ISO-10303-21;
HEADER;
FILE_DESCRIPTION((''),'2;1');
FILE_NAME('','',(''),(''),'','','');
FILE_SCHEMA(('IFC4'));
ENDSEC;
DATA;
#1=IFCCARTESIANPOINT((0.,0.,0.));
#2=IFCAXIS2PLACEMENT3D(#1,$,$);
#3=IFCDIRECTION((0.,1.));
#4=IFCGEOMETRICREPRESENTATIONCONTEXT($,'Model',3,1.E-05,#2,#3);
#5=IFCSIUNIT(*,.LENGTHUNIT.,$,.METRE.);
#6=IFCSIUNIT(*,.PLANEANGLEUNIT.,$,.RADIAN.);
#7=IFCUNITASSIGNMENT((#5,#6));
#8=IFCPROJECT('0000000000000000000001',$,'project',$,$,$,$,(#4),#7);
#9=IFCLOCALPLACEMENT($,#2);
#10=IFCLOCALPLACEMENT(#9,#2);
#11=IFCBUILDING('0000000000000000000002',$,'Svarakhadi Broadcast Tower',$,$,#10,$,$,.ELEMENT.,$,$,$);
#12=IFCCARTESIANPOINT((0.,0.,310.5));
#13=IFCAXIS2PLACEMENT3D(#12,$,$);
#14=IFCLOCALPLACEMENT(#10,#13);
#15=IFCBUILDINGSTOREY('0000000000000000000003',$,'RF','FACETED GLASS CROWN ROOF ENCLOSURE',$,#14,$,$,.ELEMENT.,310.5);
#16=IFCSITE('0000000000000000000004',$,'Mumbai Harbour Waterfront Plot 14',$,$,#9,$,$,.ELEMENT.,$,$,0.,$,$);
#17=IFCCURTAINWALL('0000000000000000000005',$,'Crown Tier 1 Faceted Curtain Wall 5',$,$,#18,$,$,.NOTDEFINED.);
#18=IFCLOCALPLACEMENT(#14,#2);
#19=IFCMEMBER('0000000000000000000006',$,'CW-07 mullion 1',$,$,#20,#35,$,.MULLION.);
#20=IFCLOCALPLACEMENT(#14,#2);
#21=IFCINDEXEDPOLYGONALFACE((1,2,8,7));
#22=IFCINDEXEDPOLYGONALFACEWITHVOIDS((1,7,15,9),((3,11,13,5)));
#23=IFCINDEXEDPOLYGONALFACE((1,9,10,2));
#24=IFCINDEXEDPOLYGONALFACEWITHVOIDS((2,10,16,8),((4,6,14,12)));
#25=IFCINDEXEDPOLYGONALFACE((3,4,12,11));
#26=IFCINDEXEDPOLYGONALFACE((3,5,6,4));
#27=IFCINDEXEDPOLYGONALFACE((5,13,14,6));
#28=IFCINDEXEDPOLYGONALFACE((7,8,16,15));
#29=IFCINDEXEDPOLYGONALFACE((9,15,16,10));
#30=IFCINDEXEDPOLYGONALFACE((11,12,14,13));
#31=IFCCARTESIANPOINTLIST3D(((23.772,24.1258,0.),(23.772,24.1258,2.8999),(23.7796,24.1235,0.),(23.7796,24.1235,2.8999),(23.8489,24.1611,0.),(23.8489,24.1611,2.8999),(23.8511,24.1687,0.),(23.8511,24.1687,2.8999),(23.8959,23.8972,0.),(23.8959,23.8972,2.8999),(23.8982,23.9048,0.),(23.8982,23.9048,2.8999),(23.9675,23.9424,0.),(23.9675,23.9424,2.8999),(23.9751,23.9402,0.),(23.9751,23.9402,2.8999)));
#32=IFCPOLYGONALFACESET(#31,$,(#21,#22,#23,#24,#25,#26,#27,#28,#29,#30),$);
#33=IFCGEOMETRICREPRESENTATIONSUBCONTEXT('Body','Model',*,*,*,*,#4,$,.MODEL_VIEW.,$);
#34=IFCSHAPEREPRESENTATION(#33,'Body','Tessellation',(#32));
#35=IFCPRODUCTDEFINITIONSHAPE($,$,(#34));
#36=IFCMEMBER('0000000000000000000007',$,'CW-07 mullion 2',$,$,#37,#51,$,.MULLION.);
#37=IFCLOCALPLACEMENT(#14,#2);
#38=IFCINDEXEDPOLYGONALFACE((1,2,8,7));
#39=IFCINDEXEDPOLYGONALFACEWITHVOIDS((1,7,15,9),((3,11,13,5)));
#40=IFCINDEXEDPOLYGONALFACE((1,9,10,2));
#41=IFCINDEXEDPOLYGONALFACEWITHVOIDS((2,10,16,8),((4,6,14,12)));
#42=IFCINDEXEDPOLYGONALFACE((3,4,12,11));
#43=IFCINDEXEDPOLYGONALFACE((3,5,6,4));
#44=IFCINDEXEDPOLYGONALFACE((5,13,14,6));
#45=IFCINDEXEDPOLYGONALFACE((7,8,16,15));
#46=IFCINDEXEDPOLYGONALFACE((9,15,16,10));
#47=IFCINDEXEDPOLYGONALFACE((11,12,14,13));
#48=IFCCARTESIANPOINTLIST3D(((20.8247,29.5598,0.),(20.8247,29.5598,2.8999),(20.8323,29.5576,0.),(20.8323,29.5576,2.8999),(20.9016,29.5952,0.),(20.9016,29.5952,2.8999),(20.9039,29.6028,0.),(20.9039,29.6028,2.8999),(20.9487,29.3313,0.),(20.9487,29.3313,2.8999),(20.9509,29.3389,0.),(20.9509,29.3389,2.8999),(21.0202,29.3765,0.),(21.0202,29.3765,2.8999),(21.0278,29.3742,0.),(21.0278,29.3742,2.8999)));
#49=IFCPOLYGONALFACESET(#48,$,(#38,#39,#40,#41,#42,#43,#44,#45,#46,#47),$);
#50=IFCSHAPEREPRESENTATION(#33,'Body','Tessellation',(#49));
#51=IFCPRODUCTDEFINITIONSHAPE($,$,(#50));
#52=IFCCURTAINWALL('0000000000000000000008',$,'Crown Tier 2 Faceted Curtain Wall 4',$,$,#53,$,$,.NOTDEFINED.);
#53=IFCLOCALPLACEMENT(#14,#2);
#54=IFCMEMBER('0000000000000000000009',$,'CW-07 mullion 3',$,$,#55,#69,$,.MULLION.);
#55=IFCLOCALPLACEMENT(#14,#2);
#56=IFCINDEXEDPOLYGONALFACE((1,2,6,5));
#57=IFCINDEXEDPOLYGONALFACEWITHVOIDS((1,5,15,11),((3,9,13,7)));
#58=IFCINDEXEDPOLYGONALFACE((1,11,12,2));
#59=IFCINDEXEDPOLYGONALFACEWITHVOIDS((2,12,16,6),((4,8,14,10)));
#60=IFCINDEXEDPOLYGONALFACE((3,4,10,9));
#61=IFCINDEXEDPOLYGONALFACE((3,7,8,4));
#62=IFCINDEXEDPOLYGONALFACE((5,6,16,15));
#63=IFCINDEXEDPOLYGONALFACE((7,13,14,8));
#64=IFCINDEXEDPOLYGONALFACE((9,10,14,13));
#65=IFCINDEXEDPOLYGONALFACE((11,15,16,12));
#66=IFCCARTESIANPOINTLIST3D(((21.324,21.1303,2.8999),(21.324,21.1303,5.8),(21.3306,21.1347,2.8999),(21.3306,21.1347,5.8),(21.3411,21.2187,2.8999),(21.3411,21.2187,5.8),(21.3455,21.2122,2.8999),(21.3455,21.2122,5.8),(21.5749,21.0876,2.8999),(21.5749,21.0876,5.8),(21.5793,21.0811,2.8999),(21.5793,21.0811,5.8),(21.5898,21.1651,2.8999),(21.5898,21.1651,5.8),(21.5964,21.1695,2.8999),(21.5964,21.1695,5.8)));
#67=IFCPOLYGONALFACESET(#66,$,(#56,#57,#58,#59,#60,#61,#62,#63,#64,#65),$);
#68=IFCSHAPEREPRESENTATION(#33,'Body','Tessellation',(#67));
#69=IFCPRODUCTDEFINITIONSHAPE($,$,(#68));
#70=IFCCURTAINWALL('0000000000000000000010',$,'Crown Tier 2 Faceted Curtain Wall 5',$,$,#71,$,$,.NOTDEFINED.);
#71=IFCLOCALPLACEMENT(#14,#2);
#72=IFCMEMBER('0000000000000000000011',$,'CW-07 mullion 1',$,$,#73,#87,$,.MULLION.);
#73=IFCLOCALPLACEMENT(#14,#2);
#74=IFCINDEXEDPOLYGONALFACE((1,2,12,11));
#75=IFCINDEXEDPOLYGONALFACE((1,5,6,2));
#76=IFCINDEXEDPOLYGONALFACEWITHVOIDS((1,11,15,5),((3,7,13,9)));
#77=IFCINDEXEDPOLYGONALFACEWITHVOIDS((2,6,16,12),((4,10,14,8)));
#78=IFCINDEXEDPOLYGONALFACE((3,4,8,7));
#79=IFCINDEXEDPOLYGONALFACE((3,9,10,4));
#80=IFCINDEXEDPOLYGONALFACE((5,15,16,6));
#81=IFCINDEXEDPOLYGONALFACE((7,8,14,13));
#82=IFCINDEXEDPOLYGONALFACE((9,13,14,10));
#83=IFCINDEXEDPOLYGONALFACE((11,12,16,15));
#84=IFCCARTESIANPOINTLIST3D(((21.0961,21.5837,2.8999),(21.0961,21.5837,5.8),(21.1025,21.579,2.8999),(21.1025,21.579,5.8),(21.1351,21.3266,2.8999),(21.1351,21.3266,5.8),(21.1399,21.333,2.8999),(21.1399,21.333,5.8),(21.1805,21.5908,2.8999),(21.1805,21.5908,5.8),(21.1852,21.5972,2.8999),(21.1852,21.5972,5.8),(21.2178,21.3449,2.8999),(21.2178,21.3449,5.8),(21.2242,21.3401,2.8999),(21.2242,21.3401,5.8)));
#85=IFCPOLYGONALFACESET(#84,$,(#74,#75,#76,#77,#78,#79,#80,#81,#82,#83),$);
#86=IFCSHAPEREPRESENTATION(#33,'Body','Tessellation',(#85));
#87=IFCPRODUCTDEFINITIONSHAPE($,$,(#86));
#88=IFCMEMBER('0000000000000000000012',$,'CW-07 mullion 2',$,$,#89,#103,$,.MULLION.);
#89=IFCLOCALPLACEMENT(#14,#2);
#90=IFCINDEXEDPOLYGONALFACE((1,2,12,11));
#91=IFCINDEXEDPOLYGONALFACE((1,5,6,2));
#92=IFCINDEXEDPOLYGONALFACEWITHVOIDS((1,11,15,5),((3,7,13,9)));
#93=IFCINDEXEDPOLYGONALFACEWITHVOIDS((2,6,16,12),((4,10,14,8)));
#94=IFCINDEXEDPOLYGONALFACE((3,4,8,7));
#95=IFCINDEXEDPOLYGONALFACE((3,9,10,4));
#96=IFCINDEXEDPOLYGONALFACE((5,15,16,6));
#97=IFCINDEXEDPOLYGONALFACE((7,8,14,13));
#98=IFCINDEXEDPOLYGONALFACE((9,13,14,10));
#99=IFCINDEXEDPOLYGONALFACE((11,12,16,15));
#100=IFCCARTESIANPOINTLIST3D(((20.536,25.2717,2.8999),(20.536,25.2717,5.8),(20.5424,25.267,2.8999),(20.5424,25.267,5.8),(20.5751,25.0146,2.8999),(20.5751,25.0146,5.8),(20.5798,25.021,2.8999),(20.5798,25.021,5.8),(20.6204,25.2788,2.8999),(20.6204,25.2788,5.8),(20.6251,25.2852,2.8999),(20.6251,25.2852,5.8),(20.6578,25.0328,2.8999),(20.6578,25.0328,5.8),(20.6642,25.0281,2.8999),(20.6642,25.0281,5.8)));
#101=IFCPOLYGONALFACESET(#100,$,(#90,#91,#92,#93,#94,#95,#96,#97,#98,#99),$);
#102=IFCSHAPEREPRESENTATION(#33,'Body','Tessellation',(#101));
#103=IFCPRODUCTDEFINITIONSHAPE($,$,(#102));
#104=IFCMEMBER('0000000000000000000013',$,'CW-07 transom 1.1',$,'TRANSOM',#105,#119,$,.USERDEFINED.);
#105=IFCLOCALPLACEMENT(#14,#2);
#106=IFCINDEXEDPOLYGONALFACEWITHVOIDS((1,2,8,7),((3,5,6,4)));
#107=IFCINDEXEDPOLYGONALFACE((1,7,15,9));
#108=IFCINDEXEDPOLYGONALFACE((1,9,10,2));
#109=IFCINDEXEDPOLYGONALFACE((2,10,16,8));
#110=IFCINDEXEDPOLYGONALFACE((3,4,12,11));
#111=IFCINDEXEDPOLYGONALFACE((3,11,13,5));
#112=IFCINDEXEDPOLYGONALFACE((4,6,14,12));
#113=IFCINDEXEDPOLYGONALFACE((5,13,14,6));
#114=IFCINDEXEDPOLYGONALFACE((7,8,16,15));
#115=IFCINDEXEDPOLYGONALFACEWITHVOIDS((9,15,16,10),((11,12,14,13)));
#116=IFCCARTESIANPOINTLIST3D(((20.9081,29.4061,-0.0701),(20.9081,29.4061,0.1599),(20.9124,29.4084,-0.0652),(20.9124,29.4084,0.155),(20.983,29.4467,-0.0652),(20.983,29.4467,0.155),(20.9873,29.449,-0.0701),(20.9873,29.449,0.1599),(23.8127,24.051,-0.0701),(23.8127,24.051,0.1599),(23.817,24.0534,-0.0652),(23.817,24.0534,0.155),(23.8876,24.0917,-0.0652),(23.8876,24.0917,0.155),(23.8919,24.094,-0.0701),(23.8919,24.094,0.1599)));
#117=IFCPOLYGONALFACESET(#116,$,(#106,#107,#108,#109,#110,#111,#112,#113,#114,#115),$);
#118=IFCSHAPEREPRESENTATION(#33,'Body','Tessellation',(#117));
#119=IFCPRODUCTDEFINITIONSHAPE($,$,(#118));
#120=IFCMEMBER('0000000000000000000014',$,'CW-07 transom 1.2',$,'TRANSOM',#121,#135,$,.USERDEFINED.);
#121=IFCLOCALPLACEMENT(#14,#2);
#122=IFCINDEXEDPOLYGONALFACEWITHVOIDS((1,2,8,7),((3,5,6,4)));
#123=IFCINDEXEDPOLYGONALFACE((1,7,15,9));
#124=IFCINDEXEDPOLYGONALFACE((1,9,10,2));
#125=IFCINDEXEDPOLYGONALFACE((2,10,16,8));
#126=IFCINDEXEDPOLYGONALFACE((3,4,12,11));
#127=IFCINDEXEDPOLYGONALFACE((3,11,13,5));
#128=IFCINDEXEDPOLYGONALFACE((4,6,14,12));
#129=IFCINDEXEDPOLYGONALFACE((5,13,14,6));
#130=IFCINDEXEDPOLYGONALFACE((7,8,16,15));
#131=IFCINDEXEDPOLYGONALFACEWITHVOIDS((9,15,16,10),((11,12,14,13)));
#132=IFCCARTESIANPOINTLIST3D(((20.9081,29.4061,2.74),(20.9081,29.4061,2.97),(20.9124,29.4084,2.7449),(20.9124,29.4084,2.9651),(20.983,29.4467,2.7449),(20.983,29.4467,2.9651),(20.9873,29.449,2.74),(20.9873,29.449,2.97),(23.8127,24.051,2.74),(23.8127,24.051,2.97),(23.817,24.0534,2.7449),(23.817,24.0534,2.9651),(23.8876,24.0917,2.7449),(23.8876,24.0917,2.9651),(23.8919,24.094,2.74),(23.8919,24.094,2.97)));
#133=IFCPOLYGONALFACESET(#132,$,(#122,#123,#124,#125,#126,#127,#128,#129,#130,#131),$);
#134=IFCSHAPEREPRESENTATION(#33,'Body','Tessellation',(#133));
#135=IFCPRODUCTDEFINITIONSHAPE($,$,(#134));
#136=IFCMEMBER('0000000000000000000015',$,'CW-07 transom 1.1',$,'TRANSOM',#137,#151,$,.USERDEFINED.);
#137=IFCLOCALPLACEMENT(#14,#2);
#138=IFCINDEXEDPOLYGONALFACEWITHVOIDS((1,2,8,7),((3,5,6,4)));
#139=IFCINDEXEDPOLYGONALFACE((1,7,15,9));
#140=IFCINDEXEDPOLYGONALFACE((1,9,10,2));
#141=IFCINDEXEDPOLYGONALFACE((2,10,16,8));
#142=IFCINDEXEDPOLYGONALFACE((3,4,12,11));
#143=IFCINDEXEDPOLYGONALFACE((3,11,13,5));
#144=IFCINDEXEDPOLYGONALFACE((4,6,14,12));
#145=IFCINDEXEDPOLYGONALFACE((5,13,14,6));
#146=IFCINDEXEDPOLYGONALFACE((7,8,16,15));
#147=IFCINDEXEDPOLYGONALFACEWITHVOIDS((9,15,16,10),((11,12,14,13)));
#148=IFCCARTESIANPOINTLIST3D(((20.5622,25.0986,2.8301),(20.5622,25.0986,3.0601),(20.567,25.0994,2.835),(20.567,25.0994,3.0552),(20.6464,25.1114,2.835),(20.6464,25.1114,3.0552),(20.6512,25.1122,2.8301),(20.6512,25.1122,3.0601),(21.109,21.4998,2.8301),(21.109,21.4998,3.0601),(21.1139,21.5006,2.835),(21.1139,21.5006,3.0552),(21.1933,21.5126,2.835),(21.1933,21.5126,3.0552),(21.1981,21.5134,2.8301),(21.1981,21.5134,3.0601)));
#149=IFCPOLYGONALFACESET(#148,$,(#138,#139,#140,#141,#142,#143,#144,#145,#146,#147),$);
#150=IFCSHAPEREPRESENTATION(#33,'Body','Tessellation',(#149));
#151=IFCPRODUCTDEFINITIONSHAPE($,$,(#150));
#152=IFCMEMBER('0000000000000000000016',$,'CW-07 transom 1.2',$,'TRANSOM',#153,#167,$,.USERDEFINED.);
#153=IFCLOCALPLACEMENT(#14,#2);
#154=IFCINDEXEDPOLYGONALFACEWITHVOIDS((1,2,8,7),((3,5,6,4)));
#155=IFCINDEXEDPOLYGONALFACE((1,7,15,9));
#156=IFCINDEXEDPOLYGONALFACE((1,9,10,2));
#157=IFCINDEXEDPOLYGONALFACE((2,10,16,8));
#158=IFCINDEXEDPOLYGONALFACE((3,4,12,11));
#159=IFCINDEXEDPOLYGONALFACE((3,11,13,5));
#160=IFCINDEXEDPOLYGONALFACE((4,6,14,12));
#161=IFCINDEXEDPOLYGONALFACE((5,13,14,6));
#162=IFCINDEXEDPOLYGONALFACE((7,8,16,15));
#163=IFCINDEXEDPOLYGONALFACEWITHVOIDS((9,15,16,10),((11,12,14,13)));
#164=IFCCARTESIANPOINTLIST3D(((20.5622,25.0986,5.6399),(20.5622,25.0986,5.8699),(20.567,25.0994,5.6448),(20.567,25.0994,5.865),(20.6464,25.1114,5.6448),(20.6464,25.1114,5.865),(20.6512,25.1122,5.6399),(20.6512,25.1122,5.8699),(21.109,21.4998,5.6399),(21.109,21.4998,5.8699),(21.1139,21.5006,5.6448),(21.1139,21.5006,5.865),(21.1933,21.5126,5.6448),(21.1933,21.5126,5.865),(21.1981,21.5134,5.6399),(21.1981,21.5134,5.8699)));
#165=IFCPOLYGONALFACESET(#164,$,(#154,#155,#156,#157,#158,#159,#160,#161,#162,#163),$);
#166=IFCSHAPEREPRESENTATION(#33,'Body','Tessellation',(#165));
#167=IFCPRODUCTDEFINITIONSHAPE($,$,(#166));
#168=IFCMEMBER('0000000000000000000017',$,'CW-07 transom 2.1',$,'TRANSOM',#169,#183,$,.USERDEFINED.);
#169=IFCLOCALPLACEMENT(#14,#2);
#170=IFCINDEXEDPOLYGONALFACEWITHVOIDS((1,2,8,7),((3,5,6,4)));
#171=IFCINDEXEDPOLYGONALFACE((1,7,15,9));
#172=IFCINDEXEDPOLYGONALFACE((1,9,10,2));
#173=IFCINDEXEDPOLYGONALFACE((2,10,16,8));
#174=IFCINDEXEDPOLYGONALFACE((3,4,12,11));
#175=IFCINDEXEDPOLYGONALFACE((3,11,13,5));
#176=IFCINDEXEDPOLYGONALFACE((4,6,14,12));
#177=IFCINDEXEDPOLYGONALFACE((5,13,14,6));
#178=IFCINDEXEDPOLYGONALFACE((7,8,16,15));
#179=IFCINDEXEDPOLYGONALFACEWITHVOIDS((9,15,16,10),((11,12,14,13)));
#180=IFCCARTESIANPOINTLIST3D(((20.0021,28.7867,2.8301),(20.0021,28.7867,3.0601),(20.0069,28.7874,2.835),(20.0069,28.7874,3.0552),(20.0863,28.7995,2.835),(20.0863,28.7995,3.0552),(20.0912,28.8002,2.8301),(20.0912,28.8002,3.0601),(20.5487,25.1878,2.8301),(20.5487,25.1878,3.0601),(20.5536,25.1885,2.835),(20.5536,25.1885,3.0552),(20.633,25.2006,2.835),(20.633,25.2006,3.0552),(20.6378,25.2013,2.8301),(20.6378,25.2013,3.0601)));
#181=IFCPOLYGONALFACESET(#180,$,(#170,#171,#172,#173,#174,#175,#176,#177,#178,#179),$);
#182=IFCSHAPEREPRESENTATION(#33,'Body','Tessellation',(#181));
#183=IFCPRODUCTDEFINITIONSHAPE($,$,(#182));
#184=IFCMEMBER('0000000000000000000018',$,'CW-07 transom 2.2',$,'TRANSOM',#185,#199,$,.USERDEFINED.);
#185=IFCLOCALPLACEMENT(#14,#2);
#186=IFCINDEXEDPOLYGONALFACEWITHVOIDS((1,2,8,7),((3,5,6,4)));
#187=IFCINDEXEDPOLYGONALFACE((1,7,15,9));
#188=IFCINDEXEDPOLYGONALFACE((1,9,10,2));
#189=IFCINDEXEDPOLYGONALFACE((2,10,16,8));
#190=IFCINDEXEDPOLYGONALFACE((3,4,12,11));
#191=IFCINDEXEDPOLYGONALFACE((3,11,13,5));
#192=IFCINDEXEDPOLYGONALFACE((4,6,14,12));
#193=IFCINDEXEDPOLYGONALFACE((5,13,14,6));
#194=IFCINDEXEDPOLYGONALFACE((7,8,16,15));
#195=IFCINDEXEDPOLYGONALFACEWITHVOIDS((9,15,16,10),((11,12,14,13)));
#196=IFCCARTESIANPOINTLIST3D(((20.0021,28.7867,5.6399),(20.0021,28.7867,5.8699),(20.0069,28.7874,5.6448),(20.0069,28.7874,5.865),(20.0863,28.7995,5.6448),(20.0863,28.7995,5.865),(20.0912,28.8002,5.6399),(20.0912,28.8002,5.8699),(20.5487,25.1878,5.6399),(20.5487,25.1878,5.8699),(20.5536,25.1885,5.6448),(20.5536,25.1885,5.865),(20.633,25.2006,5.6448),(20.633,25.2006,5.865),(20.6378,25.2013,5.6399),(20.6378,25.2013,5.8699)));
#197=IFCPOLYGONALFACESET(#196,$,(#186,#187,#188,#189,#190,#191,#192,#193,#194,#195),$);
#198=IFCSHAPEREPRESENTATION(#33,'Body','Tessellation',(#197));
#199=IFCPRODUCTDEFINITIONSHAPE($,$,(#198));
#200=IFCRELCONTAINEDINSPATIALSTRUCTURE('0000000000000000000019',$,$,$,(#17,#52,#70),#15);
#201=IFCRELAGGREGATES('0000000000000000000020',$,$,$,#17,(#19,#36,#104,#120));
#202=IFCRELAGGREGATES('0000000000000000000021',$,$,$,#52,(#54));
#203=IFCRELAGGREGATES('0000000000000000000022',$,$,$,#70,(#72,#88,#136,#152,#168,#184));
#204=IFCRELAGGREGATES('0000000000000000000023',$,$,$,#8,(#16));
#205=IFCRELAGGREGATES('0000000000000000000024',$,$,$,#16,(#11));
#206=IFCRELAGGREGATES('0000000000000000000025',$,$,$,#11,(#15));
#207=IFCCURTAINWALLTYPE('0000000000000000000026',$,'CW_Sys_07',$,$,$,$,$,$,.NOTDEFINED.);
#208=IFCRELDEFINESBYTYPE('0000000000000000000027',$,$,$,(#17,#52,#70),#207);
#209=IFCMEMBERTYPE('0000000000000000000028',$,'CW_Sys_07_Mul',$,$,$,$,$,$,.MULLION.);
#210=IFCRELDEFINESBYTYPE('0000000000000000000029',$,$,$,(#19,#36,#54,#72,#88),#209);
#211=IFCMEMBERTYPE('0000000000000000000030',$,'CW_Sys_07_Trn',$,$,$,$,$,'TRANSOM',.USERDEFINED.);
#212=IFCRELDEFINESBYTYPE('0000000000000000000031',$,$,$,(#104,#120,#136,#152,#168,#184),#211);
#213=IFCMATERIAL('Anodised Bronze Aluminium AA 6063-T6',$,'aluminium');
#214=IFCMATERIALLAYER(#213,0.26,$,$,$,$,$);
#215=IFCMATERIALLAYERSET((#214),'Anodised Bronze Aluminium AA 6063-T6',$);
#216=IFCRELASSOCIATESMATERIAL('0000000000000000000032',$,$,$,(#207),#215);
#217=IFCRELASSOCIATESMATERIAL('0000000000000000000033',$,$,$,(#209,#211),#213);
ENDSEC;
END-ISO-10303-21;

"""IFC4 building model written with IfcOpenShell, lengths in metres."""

from ifc_helpers import new_model, si_unit, direction, frame, origin, origin_2d, place, context, subcontext, project, spatial, hollow_rectangle, extrude, material, layer, layer_set, material_profile, profile_set, type_object, element, aggregate, save


model = new_model("IFC4")

# Units and contexts
model_context = context("Model", 3, precision=1e-05, world=origin(), true_north=direction((0.0, 1.0)))
body_context = subcontext(model_context, "Body", "Model", "MODEL_VIEW")
ifc_project = project(units=[si_unit("LENGTHUNIT", "METRE"), si_unit("PLANEANGLEUNIT", "RADIAN")], contexts=[model_context])

# Site, building, storey
site_placement = place(None, origin())
site = spatial("IfcSite", under=ifc_project, at=site_placement, Name="Mumbai Harbour Waterfront Plot 14", CompositionType="ELEMENT", RefElevation=0.0)
building_placement = place(site_placement, origin())
building = spatial("IfcBuilding", under=site, at=building_placement, Name="Svarakhadi Broadcast Tower", CompositionType="ELEMENT")
storey_placement = place(building_placement, frame((0.0, 0.0, 310.5)))
storey = spatial("IfcBuildingStorey", under=building, at=storey_placement, Name="RF", Description="FACETED GLASS CROWN ROOF ENCLOSURE", CompositionType="ELEMENT", Elevation=310.5)

# Curtain wall, members
ifc_material_1 = material(Name="Anodised Bronze Aluminium AA 6063-T6", Category="aluminium")
ifc_layer_1 = layer(ifc_material_1, 0.26)
ifc_layer_set_1 = layer_set([ifc_layer_1], Name="Anodised Bronze Aluminium AA 6063-T6")
curtain_wall_type = type_object("IfcCurtainWallType", Name="CW_Sys_07", PredefinedType="NOTDEFINED", material=ifc_layer_set_1)
curtain_wall_1_placement = place(storey_placement, origin())
curtain_wall_1 = element("IfcCurtainWall", 1, at=curtain_wall_1_placement, inside=storey, type_object=curtain_wall_type, Name="Crown Tier 1 Faceted Curtain Wall 5", PredefinedType="NOTDEFINED")
ifc_material_profile_1 = material_profile(ifc_material_1, hollow_rectangle(XDim=0.0901, YDim=0.26, WallThickness=0.0056, at=origin_2d()), Name="ALU MULLION 260x90x6")
ifc_profile_set_1 = profile_set([ifc_material_profile_1], Name="Anodised Bronze Aluminium AA 6063-T6")
member_type_1 = type_object("IfcMemberType", Name="CW_Sys_07_Mul", PredefinedType="MULLION", material=ifc_profile_set_1)
member_1_placement = place(storey_placement, frame((23.8735, 24.033, 0.0), z_axis=(0.0, 0.0, 1.0), x_axis=(-0.879033, -0.476762, 0.0)))
member_1 = element("IfcMember", 2, at=member_1_placement, type_object=member_type_1, Name="CW-07 mullion 1", PredefinedType="MULLION", context=body_context, shape_type="SweptSolid", body=[
    extrude(hollow_rectangle(XDim=0.0901, YDim=0.26, WallThickness=0.0056, at=origin_2d()), origin(), (0.0, 0.0, 1.0), 2.8999),
])
member_2_placement = place(storey_placement, frame((20.9263, 29.467, 0.0), z_axis=(0.0, 0.0, 1.0), x_axis=(-0.879033, -0.476762, 0.0)))
member_2 = element("IfcMember", 3, at=member_2_placement, type_object=member_type_1, Name="CW-07 mullion 2", PredefinedType="MULLION", context=body_context, shape_type="SweptSolid", body=[
    extrude(hollow_rectangle(XDim=0.0901, YDim=0.26, WallThickness=0.0056, at=origin_2d()), origin(), (0.0, 0.0, 1.0), 2.8999),
])

# Curtain wall, member
curtain_wall_2_placement = place(storey_placement, origin())
curtain_wall_2 = element("IfcCurtainWall", 4, at=curtain_wall_2_placement, inside=storey, type_object=curtain_wall_type, Name="Crown Tier 2 Faceted Curtain Wall 4", PredefinedType="NOTDEFINED")
member_3_placement = place(storey_placement, frame((21.4602, 21.1499, 2.8999), z_axis=(0.0, 0.0, 1.0), x_axis=(-0.189295, -0.98192, 0.0)))
member_3 = element("IfcMember", 5, at=member_3_placement, type_object=member_type_1, Name="CW-07 mullion 3", PredefinedType="MULLION", context=body_context, shape_type="SweptSolid", body=[
    extrude(hollow_rectangle(XDim=0.0901, YDim=0.26, WallThickness=0.0056, at=origin_2d()), origin(), (0.0, 0.0, 1.0), 2.9001),
])

# Curtain wall, members
curtain_wall_3_placement = place(storey_placement, origin())
curtain_wall_3 = element("IfcCurtainWall", 6, at=curtain_wall_3_placement, inside=storey, type_object=curtain_wall_type, Name="Crown Tier 2 Faceted Curtain Wall 5", PredefinedType="NOTDEFINED")
member_4_placement = place(storey_placement, frame((21.1602, 21.4619, 2.8999), z_axis=(0.0, 0.0, 1.0), x_axis=(-0.988658, -0.150186, 0.0)))
member_4 = element("IfcMember", 7, at=member_4_placement, type_object=member_type_1, Name="CW-07 mullion 1", PredefinedType="MULLION", context=body_context, shape_type="SweptSolid", body=[
    extrude(hollow_rectangle(XDim=0.0901, YDim=0.26, WallThickness=0.0056, at=origin_2d()), origin(), (0.0, 0.0, 1.0), 2.9001),
])
member_5_placement = place(storey_placement, frame((20.6001, 25.1499, 2.8999), z_axis=(0.0, 0.0, 1.0), x_axis=(-0.988658, -0.150186, 0.0)))
member_5 = element("IfcMember", 8, at=member_5_placement, type_object=member_type_1, Name="CW-07 mullion 2", PredefinedType="MULLION", context=body_context, shape_type="SweptSolid", body=[
    extrude(hollow_rectangle(XDim=0.0901, YDim=0.26, WallThickness=0.0056, at=origin_2d()), origin(), (0.0, 0.0, 1.0), 2.9001),
])

# Members
ifc_material_profile_2 = material_profile(ifc_material_1, hollow_rectangle(XDim=0.0901, YDim=0.23, WallThickness=0.0049, at=origin_2d()), Name="ALU TRANSOM 230x90x5")
ifc_profile_set_2 = profile_set([ifc_material_profile_2], Name="Anodised Bronze Aluminium AA 6063-T6")
member_type_2 = type_object("IfcMemberType", Name="CW_Sys_07_Trn", ElementType="TRANSOM", PredefinedType="USERDEFINED", material=ifc_profile_set_2)
member_6_placement = place(storey_placement, frame((23.8523, 24.0725, 0.0449), z_axis=(-0.476781, 0.879022, 0.0), x_axis=(-0.879022, -0.476781, 0.0)))
member_6 = element("IfcMember", 9, at=member_6_placement, type_object=member_type_2, Name="CW-07 transom 1.1", ObjectType="TRANSOM", PredefinedType="USERDEFINED", context=body_context, shape_type="SweptSolid", body=[
    extrude(hollow_rectangle(XDim=0.0901, YDim=0.23, WallThickness=0.0049, at=origin_2d()), origin(), (0.0, 0.0, 1.0), 6.092),
])
member_7_placement = place(storey_placement, frame((23.8523, 24.0725, 2.855), z_axis=(-0.476781, 0.879022, 0.0), x_axis=(-0.879022, -0.476781, 0.0)))
member_7 = element("IfcMember", 10, at=member_7_placement, type_object=member_type_2, Name="CW-07 transom 1.2", ObjectType="TRANSOM", PredefinedType="USERDEFINED", context=body_context, shape_type="SweptSolid", body=[
    extrude(hollow_rectangle(XDim=0.0901, YDim=0.23, WallThickness=0.0049, at=origin_2d()), origin(), (0.0, 0.0, 1.0), 6.092),
])
member_8_placement = place(storey_placement, frame((21.1536, 21.5066, 2.9451), z_axis=(-0.150233, 0.988651, 0.0), x_axis=(-0.988651, -0.150233, 0.0)))
member_8 = element("IfcMember", 11, at=member_8_placement, type_object=member_type_2, Name="CW-07 transom 1.1", ObjectType="TRANSOM", PredefinedType="USERDEFINED", context=body_context, shape_type="SweptSolid", body=[
    extrude(hollow_rectangle(XDim=0.0901, YDim=0.23, WallThickness=0.0049, at=origin_2d()), origin(), (0.0, 0.0, 1.0), 3.6401),
])
member_9_placement = place(storey_placement, frame((21.1536, 21.5066, 5.7549), z_axis=(-0.150233, 0.988651, 0.0), x_axis=(-0.988651, -0.150233, 0.0)))
member_9 = element("IfcMember", 12, at=member_9_placement, type_object=member_type_2, Name="CW-07 transom 1.2", ObjectType="TRANSOM", PredefinedType="USERDEFINED", context=body_context, shape_type="SweptSolid", body=[
    extrude(hollow_rectangle(XDim=0.0901, YDim=0.23, WallThickness=0.0049, at=origin_2d()), origin(), (0.0, 0.0, 1.0), 3.6401),
])
member_10_placement = place(storey_placement, frame((20.5933, 25.1946, 2.9451), z_axis=(-0.150167, 0.988661, 0.0), x_axis=(-0.988661, -0.150167, 0.0)))
member_10 = element("IfcMember", 13, at=member_10_placement, type_object=member_type_2, Name="CW-07 transom 2.1", ObjectType="TRANSOM", PredefinedType="USERDEFINED", context=body_context, shape_type="SweptSolid", body=[
    extrude(hollow_rectangle(XDim=0.0901, YDim=0.23, WallThickness=0.0049, at=origin_2d()), origin(), (0.0, 0.0, 1.0), 3.6401),
])
member_11_placement = place(storey_placement, frame((20.5933, 25.1946, 5.7549), z_axis=(-0.150167, 0.988661, 0.0), x_axis=(-0.988661, -0.150167, 0.0)))
member_11 = element("IfcMember", 14, at=member_11_placement, type_object=member_type_2, Name="CW-07 transom 2.2", ObjectType="TRANSOM", PredefinedType="USERDEFINED", context=body_context, shape_type="SweptSolid", body=[
    extrude(hollow_rectangle(XDim=0.0901, YDim=0.23, WallThickness=0.0049, at=origin_2d()), origin(), (0.0, 0.0, 1.0), 3.6401),
])

aggregate(curtain_wall_1, [member_1, member_2, member_6, member_7])
aggregate(curtain_wall_2, [member_3])
aggregate(curtain_wall_3, [member_4, member_5, member_8, member_9, member_10, member_11])

save(model, "model.ifc")
